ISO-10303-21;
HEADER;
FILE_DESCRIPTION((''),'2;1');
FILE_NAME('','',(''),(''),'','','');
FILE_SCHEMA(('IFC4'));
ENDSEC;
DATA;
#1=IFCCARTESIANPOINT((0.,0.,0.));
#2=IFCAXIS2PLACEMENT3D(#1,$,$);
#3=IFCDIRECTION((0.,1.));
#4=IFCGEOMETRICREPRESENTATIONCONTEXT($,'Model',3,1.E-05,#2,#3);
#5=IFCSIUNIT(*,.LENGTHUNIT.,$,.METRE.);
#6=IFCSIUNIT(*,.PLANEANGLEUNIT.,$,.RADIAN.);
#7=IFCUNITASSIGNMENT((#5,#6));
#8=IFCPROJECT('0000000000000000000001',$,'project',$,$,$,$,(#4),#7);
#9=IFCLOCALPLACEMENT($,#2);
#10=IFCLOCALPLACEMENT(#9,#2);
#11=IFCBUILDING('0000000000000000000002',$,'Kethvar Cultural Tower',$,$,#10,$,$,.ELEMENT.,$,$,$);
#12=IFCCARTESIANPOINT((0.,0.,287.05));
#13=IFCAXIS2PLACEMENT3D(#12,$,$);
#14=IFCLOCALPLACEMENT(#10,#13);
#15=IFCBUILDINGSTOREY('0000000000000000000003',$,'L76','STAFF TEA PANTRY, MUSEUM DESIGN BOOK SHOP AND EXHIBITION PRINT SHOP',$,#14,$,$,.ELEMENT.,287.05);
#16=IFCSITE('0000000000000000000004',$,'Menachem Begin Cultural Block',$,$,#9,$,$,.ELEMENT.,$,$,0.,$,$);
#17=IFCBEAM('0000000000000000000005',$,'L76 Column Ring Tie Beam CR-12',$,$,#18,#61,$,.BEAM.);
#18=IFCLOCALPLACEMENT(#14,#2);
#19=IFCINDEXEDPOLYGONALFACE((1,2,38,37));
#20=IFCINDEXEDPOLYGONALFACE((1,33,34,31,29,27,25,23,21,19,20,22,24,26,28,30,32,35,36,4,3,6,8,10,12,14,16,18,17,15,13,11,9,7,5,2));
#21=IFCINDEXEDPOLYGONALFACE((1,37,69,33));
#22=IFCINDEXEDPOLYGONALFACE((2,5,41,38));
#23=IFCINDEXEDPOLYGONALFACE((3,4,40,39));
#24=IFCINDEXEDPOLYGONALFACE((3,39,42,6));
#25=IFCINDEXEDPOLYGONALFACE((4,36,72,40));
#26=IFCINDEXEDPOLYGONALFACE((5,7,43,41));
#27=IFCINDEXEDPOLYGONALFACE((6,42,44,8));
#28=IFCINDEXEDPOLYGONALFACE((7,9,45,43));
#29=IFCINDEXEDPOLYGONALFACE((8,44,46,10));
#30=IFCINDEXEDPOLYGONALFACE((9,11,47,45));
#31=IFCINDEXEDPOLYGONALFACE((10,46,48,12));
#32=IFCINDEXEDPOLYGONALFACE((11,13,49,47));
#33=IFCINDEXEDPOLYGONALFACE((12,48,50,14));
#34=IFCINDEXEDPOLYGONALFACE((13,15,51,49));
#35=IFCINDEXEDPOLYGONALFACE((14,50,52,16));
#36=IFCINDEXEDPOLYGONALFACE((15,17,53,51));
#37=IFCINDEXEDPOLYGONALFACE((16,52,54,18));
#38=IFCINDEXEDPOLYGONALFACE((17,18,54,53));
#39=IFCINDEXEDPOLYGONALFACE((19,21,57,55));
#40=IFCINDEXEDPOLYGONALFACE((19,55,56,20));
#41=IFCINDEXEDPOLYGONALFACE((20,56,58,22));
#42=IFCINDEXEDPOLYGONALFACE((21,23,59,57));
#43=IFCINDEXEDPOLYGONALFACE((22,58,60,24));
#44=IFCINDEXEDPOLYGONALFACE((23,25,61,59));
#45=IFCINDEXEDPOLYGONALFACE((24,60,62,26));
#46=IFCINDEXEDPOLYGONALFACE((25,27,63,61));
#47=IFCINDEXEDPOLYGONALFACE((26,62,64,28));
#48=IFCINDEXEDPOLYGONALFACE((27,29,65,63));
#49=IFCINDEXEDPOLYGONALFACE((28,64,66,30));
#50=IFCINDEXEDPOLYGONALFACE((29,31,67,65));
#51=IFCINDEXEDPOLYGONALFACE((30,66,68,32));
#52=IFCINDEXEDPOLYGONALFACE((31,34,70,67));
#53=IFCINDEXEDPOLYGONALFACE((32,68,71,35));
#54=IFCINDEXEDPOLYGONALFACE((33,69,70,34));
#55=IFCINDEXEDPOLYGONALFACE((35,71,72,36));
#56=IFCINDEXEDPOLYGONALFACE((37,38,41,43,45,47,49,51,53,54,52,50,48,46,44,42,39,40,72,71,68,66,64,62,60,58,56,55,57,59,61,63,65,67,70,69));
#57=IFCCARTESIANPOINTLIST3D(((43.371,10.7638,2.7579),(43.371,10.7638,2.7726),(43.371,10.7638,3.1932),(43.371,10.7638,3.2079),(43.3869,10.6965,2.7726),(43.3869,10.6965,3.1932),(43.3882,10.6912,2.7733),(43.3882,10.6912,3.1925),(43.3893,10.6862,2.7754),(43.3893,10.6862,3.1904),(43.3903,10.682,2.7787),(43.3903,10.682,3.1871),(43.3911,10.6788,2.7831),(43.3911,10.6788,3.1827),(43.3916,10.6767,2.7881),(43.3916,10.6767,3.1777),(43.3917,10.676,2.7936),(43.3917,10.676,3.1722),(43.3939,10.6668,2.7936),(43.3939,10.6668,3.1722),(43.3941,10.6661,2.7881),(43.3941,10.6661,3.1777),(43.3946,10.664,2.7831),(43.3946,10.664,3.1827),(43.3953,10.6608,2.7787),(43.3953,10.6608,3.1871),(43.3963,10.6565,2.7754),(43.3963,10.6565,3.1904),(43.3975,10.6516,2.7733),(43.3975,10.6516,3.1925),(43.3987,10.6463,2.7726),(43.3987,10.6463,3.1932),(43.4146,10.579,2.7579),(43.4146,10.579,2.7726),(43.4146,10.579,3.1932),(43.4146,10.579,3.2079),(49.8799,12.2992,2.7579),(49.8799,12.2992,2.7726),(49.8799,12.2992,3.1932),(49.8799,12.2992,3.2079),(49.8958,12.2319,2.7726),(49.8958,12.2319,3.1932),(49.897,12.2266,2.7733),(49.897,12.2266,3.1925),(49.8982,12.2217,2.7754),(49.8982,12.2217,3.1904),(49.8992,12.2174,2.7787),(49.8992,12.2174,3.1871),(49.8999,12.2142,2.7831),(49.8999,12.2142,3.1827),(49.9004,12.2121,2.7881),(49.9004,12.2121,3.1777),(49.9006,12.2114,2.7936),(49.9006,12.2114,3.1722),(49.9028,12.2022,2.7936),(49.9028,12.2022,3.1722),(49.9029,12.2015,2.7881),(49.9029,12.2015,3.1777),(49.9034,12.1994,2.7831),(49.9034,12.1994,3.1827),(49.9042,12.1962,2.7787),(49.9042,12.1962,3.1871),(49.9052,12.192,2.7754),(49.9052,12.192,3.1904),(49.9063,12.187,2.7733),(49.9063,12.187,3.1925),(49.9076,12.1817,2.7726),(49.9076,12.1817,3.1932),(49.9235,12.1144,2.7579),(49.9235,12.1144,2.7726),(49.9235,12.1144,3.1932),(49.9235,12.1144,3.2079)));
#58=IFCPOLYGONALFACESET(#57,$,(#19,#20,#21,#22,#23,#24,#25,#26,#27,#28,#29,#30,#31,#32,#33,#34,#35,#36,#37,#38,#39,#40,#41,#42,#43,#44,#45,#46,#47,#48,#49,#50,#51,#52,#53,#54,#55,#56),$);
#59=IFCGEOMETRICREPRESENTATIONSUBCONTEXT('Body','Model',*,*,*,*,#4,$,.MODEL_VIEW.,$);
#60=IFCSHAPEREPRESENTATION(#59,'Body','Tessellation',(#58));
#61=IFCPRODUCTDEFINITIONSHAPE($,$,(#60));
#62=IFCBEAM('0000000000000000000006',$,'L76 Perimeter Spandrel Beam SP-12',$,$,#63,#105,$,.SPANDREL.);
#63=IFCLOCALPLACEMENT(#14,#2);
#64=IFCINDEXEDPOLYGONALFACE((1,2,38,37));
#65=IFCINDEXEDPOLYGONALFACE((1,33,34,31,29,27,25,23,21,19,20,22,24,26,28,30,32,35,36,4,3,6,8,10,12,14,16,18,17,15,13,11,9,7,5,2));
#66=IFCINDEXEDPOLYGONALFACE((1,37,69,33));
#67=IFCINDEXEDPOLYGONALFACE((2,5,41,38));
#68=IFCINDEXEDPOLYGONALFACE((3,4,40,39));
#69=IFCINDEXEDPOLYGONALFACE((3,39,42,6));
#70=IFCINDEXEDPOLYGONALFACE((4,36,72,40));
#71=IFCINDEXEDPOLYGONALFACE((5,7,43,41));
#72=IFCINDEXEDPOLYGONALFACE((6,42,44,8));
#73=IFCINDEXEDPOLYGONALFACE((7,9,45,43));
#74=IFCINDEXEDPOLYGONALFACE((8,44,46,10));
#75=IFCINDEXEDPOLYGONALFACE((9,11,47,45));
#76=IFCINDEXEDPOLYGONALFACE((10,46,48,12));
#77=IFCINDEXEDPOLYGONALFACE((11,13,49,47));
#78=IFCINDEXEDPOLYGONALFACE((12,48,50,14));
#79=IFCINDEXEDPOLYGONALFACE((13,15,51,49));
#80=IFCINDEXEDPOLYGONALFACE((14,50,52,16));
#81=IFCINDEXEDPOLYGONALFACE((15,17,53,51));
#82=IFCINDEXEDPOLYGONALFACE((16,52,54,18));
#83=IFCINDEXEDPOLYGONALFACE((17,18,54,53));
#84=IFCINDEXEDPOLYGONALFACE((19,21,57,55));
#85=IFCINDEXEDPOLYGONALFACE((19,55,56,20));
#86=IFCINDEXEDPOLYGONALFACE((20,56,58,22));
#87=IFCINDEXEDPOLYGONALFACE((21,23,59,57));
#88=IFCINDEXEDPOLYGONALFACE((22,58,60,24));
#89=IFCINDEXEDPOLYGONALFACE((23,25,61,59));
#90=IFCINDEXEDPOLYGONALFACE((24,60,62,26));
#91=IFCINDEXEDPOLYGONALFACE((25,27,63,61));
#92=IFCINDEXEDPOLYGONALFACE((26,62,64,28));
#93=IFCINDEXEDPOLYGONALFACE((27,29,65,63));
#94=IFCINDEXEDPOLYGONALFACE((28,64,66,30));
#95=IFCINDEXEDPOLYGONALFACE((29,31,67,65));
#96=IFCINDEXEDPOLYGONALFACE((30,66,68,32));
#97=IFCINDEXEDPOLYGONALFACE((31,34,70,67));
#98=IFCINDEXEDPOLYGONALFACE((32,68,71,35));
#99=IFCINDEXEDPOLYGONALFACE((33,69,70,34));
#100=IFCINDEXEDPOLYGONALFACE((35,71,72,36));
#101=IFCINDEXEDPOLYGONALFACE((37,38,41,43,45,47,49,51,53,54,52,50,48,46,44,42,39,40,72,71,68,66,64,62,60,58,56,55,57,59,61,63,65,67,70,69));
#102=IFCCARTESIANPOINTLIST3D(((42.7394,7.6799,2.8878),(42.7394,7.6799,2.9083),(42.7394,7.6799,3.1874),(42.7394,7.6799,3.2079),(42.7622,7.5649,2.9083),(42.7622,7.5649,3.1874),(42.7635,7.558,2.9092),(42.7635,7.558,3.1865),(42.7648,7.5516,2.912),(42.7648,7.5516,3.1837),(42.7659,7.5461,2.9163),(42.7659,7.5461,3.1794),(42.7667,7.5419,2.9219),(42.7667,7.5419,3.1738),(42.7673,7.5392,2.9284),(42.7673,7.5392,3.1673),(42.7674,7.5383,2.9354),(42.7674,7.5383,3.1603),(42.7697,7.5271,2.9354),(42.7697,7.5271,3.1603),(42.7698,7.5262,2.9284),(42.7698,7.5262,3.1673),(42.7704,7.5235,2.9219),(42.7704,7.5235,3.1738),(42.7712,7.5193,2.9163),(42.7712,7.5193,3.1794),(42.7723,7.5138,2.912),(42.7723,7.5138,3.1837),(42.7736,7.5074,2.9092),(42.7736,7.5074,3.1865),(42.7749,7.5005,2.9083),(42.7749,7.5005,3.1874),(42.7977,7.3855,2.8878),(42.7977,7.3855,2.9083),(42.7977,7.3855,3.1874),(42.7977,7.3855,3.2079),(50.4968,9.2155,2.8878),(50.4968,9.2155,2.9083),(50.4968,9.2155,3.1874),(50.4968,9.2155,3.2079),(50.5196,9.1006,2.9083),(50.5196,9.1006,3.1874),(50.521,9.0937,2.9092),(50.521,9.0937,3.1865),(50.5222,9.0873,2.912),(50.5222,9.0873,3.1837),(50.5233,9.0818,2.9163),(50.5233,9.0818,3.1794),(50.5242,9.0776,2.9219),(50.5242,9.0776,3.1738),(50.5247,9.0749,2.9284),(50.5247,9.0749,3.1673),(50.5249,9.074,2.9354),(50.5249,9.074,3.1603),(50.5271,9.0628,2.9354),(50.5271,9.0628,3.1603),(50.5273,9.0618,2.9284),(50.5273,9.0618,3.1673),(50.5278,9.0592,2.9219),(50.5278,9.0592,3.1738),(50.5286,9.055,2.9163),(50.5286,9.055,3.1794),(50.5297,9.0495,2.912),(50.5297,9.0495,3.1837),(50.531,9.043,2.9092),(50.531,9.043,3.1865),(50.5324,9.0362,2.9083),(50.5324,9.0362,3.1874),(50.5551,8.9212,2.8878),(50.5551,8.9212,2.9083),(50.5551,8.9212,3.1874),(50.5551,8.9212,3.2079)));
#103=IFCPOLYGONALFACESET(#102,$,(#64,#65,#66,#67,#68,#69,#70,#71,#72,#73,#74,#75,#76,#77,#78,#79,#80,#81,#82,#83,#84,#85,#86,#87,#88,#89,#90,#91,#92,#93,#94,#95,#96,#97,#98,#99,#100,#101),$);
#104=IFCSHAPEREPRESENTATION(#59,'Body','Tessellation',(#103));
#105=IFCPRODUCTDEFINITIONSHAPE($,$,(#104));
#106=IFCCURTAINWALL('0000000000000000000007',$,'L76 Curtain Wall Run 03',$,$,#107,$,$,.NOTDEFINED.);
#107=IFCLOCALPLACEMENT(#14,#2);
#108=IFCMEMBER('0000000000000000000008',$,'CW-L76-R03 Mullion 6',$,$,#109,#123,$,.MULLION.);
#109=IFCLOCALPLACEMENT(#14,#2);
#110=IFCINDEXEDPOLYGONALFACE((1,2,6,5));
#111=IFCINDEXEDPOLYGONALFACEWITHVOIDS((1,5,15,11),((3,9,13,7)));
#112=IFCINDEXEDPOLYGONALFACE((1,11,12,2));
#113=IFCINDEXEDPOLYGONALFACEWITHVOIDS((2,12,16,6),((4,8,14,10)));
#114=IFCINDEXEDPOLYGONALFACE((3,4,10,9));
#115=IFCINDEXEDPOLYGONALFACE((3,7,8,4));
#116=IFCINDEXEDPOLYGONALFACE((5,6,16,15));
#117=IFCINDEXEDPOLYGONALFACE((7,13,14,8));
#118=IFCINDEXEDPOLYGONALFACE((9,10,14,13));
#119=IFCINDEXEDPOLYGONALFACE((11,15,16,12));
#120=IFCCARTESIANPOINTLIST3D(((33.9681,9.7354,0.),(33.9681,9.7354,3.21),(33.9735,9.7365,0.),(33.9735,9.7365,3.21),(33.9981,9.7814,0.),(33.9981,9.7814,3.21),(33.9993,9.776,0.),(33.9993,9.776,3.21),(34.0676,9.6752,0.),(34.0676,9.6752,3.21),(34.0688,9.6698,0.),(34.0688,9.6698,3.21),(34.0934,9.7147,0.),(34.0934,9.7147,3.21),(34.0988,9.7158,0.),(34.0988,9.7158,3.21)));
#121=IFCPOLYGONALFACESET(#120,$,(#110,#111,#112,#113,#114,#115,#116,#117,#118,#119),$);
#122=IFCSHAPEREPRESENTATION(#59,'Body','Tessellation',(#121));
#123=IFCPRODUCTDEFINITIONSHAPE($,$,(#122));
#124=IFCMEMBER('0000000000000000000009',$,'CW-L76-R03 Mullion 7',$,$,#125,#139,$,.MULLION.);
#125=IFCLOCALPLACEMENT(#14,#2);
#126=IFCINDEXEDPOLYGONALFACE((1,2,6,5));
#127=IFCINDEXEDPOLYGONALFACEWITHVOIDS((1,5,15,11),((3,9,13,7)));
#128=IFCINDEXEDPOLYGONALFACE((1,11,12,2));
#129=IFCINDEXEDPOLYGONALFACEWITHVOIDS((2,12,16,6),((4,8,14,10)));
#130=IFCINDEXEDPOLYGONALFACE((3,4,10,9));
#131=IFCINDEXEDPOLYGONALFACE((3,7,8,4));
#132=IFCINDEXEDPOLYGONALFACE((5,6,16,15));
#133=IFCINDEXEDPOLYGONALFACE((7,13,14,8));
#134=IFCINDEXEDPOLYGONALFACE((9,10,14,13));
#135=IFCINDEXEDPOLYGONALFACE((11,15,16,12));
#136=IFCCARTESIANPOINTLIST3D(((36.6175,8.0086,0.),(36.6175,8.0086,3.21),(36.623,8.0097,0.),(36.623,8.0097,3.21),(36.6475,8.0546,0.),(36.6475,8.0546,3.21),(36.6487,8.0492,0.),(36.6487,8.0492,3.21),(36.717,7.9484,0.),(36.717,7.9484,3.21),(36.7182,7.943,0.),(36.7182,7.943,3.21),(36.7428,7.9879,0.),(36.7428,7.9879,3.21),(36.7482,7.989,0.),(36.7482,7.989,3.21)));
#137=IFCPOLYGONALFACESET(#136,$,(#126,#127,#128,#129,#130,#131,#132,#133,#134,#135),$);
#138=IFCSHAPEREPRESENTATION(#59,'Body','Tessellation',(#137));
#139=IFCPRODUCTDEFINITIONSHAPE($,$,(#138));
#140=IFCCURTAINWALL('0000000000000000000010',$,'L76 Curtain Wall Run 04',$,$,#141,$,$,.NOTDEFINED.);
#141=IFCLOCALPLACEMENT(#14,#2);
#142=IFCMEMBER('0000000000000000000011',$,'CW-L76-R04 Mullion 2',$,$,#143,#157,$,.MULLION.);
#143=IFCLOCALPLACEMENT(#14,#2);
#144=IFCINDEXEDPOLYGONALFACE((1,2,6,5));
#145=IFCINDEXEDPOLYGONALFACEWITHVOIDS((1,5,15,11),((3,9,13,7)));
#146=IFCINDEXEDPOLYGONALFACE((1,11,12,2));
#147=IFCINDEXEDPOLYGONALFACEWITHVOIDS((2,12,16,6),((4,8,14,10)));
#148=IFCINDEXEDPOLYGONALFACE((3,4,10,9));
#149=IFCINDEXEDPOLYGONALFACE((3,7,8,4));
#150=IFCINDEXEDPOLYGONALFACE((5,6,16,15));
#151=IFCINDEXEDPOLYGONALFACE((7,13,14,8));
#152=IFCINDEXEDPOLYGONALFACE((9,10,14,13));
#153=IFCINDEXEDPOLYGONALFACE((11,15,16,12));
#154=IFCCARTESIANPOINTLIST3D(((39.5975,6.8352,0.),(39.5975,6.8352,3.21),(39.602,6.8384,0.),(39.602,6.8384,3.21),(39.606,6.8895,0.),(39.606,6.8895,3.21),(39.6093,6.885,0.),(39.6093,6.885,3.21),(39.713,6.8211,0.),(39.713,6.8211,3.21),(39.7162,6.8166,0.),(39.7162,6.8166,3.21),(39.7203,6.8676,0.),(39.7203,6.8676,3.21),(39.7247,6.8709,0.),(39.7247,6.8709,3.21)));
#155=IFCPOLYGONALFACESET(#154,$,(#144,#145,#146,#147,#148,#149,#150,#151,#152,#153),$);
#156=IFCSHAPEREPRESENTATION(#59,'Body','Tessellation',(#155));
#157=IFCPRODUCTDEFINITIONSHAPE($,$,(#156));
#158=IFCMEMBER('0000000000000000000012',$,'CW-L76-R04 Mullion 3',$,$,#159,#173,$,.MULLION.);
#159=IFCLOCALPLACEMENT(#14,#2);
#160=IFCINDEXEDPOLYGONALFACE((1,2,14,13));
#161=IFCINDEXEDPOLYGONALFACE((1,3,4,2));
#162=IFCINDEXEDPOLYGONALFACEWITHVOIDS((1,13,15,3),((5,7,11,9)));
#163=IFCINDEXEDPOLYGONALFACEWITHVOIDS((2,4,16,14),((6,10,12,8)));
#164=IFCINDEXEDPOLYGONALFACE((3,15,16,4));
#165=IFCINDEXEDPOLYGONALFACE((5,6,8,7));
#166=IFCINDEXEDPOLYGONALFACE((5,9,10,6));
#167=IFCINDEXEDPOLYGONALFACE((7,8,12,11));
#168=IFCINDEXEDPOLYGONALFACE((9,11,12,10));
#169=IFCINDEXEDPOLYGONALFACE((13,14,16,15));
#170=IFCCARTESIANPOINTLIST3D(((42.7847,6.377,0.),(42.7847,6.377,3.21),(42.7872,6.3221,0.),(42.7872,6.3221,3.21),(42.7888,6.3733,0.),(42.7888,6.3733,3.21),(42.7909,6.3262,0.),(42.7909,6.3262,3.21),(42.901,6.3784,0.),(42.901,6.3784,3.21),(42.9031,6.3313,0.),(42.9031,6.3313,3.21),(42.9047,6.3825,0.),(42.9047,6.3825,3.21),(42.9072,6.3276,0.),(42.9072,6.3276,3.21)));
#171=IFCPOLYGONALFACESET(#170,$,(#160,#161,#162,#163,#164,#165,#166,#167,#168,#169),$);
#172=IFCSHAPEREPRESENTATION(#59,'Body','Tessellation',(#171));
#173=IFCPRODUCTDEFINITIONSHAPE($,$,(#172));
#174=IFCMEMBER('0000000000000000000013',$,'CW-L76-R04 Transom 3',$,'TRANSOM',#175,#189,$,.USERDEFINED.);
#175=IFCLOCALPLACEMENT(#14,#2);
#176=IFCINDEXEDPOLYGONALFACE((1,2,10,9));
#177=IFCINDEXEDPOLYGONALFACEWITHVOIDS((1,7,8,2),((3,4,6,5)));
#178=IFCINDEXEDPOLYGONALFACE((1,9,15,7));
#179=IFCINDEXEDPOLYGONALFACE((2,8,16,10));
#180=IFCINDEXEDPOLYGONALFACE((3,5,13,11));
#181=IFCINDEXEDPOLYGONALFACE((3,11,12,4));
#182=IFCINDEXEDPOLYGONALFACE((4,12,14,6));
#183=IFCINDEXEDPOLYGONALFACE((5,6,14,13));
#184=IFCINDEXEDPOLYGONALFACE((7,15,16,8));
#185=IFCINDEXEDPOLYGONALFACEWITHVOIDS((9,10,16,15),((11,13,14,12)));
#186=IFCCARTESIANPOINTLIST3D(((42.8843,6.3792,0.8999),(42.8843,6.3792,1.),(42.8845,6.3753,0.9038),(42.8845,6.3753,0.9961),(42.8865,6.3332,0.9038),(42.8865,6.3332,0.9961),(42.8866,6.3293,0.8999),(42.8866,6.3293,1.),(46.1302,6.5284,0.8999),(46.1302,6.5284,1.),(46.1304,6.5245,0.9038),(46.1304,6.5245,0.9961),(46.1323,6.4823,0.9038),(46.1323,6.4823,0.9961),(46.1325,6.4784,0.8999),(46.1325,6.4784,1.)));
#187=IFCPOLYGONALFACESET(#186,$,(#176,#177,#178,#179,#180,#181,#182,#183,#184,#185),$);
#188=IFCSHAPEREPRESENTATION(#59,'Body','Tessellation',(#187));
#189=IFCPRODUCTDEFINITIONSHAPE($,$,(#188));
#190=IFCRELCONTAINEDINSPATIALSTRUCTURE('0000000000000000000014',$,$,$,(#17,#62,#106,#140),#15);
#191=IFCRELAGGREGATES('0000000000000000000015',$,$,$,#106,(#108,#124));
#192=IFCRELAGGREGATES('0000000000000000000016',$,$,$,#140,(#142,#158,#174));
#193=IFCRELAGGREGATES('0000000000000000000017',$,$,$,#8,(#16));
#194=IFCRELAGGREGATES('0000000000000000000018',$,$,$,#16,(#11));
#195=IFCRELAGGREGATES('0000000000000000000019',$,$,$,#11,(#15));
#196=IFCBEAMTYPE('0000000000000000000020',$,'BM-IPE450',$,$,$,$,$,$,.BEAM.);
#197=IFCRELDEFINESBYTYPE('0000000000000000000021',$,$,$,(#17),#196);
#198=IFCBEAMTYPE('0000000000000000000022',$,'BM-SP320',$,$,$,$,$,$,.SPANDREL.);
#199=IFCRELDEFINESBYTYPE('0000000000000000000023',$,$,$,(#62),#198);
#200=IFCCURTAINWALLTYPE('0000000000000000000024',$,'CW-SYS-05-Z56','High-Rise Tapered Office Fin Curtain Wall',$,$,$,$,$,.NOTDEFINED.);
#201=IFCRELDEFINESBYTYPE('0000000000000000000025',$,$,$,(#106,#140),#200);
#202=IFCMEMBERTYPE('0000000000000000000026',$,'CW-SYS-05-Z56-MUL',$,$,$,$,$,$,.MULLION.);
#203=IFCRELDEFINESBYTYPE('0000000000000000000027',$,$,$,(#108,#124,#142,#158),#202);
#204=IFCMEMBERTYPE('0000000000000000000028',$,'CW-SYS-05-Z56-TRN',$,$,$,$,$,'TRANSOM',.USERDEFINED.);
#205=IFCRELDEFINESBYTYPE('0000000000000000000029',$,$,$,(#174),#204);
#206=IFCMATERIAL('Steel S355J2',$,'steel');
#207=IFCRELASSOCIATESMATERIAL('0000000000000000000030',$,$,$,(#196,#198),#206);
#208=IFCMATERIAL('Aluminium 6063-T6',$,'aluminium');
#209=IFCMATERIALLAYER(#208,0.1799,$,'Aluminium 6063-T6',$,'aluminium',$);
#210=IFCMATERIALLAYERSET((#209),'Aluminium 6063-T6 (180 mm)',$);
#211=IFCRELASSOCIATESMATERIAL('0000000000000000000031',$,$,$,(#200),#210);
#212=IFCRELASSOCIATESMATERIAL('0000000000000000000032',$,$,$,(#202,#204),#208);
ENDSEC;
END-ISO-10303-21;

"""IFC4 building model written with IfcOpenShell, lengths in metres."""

from ifc_helpers import new_model, si_unit, direction, frame, origin, origin_2d, place, context, subcontext, project, spatial, hollow_rectangle, i_section, extrude, source, transform, mapped, material, layer, layer_set, material_profile, profile_set, type_object, element, aggregate, save


model = new_model("IFC4")

# Units and contexts
model_context = context("Model", 3, precision=1e-05, world=origin(), true_north=direction((0.0, 1.0)))
body_context = subcontext(model_context, "Body", "Model", "MODEL_VIEW")
ifc_project = project(units=[si_unit("LENGTHUNIT", "METRE"), si_unit("PLANEANGLEUNIT", "RADIAN")], contexts=[model_context])

# Site, building, storey
site_placement = place(None, origin())
site = spatial("IfcSite", under=ifc_project, at=site_placement, Name="Menachem Begin Cultural Block", CompositionType="ELEMENT", RefElevation=0.0)
building_placement = place(site_placement, origin())
building = spatial("IfcBuilding", under=site, at=building_placement, Name="Kethvar Cultural Tower", CompositionType="ELEMENT")
storey_placement = place(building_placement, frame((0.0, 0.0, 287.05)))
storey = spatial("IfcBuildingStorey", under=building, at=storey_placement, Name="L76", Description="STAFF TEA PANTRY, MUSEUM DESIGN BOOK SHOP AND EXHIBITION PRINT SHOP", CompositionType="ELEMENT", Elevation=287.05)

# Shared definitions
ifc_material_1 = material(Name="Steel S355J2", Category="steel")

# Beams
ifc_material_profile_1 = material_profile(ifc_material_1, i_section(OverallWidth=0.1899, OverallDepth=0.45, WebThickness=0.0095, FlangeThickness=0.0146, FilletRadius=0.021, at=origin_2d()), Name="Steel S355J2 — IPE450")
ifc_profile_set_1 = profile_set([ifc_material_profile_1], Name="Steel S355J2 — IPE450")
beam_type_1 = type_object("IfcBeamType", Name="BM-IPE450", PredefinedType="BEAM", material=ifc_profile_set_1)
ifc_material_profile_2 = material_profile(ifc_material_1, i_section(OverallWidth=0.3, OverallDepth=0.3201, WebThickness=0.0115, FlangeThickness=0.0205, FilletRadius=0.0271, at=origin_2d()), Name="Steel S355J2 — HEB320")
ifc_profile_set_2 = profile_set([ifc_material_profile_2], Name="Steel S355J2 — HEB320")
beam_type_2 = type_object("IfcBeamType", Name="BM-SP320", PredefinedType="SPANDREL", material=ifc_profile_set_2)
shared_shape_1 = source(origin(), body_context, "Body", "SweptSolid", [
    extrude(i_section(OverallWidth=0.1899, OverallDepth=0.45, WebThickness=0.0095, FlangeThickness=0.0146, FilletRadius=0.021, at=origin_2d()), origin(), (0.0, 0.0, 1.0), 6.6875),
])
beam_1_placement = place(storey_placement, frame((43.3928, 10.6714, 2.9829), z_axis=(0.973286, 0.229595, 0.0), x_axis=(-0.229595, 0.973286, 0.0)))
element("IfcBeam", 1, at=beam_1_placement, inside=storey, type_object=beam_type_1, Name="L76 Column Ring Tie Beam CR-12", PredefinedType="BEAM", context=body_context, shape_type="MappedRepresentation", body=[
    mapped(shared_shape_1, transform((0.0, 0.0, 0.0), scale=1.0)),
])
shared_shape_2 = source(origin(), body_context, "Body", "SweptSolid", [
    extrude(i_section(OverallWidth=0.3, OverallDepth=0.3201, WebThickness=0.0115, FlangeThickness=0.0205, FilletRadius=0.0271, at=origin_2d()), origin(), (0.0, 0.0, 1.0), 7.908),
])
beam_2_placement = place(storey_placement, frame((42.7686, 7.5327, 3.0479), z_axis=(0.980964, 0.194192, 0.0), x_axis=(-0.194192, 0.980964, 0.0)))
element("IfcBeam", 2, at=beam_2_placement, inside=storey, type_object=beam_type_2, Name="L76 Perimeter Spandrel Beam SP-12", PredefinedType="SPANDREL", context=body_context, shape_type="MappedRepresentation", body=[
    mapped(shared_shape_2, transform((0.0, 0.0, 0.0), scale=1.0)),
])

# Curtain walls, members
ifc_material_2 = material(Name="Aluminium 6063-T6", Category="aluminium")
ifc_layer_1 = layer(ifc_material_2, 0.1799, Name="Aluminium 6063-T6", Category="aluminium")
ifc_layer_set_1 = layer_set([ifc_layer_1], Name="Aluminium 6063-T6 (180 mm)")
curtain_wall_type = type_object("IfcCurtainWallType", Name="CW-SYS-05-Z56", Description="High-Rise Tapered Office Fin Curtain Wall", PredefinedType="NOTDEFINED", material=ifc_layer_set_1)
curtain_wall_1_placement = place(storey_placement, origin())
curtain_wall_1 = element("IfcCurtainWall", 3, at=curtain_wall_1_placement, inside=storey, type_object=curtain_wall_type, Name="L76 Curtain Wall Run 03", PredefinedType="NOTDEFINED")
ifc_material_profile_3 = material_profile(ifc_material_2, hollow_rectangle(XDim=0.0549, YDim=0.1201, WallThickness=0.0039, at=origin_2d()), Name="Aluminium 6063-T6 — RHS120x55x4")
ifc_profile_set_3 = profile_set([ifc_material_profile_3], Name="Aluminium 6063-T6 — RHS120x55x4")
member_type_1 = type_object("IfcMemberType", Name="CW-SYS-05-Z56-MUL", PredefinedType="MULLION", material=ifc_profile_set_3)
shared_shape_3 = source(origin(), body_context, "Body", "SweptSolid", [
    extrude(hollow_rectangle(XDim=0.0549, YDim=0.1201, WallThickness=0.0039, at=origin_2d()), origin(), (0.0, 0.0, 1.0), 3.21),
])
member_1_placement = place(storey_placement, frame((34.0334, 9.7256, 0.0), z_axis=(0.0, 0.0, 1.0), x_axis=(0.545985, 0.837795, 0.0)))
member_1 = element("IfcMember", 4, at=member_1_placement, type_object=member_type_1, Name="CW-L76-R03 Mullion 6", PredefinedType="MULLION", context=body_context, shape_type="MappedRepresentation", body=[
    mapped(shared_shape_3, transform((0.0, 0.0, 0.0), scale=1.0)),
])
member_2_placement = place(storey_placement, frame((36.6829, 7.9988, 0.0), z_axis=(0.0, 0.0, 1.0), x_axis=(0.545985, 0.837795, 0.0)))
member_2 = element("IfcMember", 5, at=member_2_placement, type_object=member_type_1, Name="CW-L76-R03 Mullion 7", PredefinedType="MULLION", context=body_context, shape_type="MappedRepresentation", body=[
    mapped(shared_shape_3, transform((0.0, 0.0, 0.0), scale=1.0)),
])
curtain_wall_2_placement = place(storey_placement, origin())
curtain_wall_2 = element("IfcCurtainWall", 6, at=curtain_wall_2_placement, inside=storey, type_object=curtain_wall_type, Name="L76 Curtain Wall Run 04", PredefinedType="NOTDEFINED")
member_3_placement = place(storey_placement, frame((39.6611, 6.853, 0.0), z_axis=(0.0, 0.0, 1.0), x_axis=(0.154693, 0.987963, 0.0)))
member_3 = element("IfcMember", 7, at=member_3_placement, type_object=member_type_1, Name="CW-L76-R04 Mullion 2", PredefinedType="MULLION", context=body_context, shape_type="MappedRepresentation", body=[
    mapped(shared_shape_3, transform((0.0, 0.0, 0.0), scale=1.0)),
])
member_4_placement = place(storey_placement, frame((42.8459, 6.3523, 0.0), z_axis=(0.0, 0.0, 1.0), x_axis=(-0.045903, 0.998946, 0.0)))
member_4 = element("IfcMember", 8, at=member_4_placement, type_object=member_type_1, Name="CW-L76-R04 Mullion 3", PredefinedType="MULLION", context=body_context, shape_type="MappedRepresentation", body=[
    mapped(shared_shape_3, transform((0.0, 0.0, 0.0), scale=1.0)),
])
ifc_material_profile_4 = material_profile(ifc_material_2, hollow_rectangle(XDim=0.05, YDim=0.1001, WallThickness=0.0039, at=origin_2d()), Name="Aluminium 6063-T6 — RHS100x50x4")
ifc_profile_set_4 = profile_set([ifc_material_profile_4], Name="Aluminium 6063-T6 — RHS100x50x4")
member_type_2 = type_object("IfcMemberType", Name="CW-SYS-05-Z56-TRN", ElementType="TRANSOM", PredefinedType="USERDEFINED", material=ifc_profile_set_4)
shared_shape_4 = source(origin(), body_context, "Body", "SweptSolid", [
    extrude(hollow_rectangle(XDim=0.05, YDim=0.1001, WallThickness=0.0039, at=origin_2d()), origin(), (0.0, 0.0, 1.0), 3.2493),
])
member_5_placement = place(storey_placement, frame((42.8855, 6.3542, 0.95), z_axis=(0.998946, 0.045909, 0.0), x_axis=(-0.045909, 0.998946, 0.0)))
member_5 = element("IfcMember", 9, at=member_5_placement, type_object=member_type_2, Name="CW-L76-R04 Transom 3", ObjectType="TRANSOM", PredefinedType="USERDEFINED", context=body_context, shape_type="MappedRepresentation", body=[
    mapped(shared_shape_4, transform((0.0, 0.0, 0.0), scale=1.0)),
])

aggregate(curtain_wall_1, [member_1, member_2])
aggregate(curtain_wall_2, [member_3, member_4, member_5])

save(model, "model.ifc")
